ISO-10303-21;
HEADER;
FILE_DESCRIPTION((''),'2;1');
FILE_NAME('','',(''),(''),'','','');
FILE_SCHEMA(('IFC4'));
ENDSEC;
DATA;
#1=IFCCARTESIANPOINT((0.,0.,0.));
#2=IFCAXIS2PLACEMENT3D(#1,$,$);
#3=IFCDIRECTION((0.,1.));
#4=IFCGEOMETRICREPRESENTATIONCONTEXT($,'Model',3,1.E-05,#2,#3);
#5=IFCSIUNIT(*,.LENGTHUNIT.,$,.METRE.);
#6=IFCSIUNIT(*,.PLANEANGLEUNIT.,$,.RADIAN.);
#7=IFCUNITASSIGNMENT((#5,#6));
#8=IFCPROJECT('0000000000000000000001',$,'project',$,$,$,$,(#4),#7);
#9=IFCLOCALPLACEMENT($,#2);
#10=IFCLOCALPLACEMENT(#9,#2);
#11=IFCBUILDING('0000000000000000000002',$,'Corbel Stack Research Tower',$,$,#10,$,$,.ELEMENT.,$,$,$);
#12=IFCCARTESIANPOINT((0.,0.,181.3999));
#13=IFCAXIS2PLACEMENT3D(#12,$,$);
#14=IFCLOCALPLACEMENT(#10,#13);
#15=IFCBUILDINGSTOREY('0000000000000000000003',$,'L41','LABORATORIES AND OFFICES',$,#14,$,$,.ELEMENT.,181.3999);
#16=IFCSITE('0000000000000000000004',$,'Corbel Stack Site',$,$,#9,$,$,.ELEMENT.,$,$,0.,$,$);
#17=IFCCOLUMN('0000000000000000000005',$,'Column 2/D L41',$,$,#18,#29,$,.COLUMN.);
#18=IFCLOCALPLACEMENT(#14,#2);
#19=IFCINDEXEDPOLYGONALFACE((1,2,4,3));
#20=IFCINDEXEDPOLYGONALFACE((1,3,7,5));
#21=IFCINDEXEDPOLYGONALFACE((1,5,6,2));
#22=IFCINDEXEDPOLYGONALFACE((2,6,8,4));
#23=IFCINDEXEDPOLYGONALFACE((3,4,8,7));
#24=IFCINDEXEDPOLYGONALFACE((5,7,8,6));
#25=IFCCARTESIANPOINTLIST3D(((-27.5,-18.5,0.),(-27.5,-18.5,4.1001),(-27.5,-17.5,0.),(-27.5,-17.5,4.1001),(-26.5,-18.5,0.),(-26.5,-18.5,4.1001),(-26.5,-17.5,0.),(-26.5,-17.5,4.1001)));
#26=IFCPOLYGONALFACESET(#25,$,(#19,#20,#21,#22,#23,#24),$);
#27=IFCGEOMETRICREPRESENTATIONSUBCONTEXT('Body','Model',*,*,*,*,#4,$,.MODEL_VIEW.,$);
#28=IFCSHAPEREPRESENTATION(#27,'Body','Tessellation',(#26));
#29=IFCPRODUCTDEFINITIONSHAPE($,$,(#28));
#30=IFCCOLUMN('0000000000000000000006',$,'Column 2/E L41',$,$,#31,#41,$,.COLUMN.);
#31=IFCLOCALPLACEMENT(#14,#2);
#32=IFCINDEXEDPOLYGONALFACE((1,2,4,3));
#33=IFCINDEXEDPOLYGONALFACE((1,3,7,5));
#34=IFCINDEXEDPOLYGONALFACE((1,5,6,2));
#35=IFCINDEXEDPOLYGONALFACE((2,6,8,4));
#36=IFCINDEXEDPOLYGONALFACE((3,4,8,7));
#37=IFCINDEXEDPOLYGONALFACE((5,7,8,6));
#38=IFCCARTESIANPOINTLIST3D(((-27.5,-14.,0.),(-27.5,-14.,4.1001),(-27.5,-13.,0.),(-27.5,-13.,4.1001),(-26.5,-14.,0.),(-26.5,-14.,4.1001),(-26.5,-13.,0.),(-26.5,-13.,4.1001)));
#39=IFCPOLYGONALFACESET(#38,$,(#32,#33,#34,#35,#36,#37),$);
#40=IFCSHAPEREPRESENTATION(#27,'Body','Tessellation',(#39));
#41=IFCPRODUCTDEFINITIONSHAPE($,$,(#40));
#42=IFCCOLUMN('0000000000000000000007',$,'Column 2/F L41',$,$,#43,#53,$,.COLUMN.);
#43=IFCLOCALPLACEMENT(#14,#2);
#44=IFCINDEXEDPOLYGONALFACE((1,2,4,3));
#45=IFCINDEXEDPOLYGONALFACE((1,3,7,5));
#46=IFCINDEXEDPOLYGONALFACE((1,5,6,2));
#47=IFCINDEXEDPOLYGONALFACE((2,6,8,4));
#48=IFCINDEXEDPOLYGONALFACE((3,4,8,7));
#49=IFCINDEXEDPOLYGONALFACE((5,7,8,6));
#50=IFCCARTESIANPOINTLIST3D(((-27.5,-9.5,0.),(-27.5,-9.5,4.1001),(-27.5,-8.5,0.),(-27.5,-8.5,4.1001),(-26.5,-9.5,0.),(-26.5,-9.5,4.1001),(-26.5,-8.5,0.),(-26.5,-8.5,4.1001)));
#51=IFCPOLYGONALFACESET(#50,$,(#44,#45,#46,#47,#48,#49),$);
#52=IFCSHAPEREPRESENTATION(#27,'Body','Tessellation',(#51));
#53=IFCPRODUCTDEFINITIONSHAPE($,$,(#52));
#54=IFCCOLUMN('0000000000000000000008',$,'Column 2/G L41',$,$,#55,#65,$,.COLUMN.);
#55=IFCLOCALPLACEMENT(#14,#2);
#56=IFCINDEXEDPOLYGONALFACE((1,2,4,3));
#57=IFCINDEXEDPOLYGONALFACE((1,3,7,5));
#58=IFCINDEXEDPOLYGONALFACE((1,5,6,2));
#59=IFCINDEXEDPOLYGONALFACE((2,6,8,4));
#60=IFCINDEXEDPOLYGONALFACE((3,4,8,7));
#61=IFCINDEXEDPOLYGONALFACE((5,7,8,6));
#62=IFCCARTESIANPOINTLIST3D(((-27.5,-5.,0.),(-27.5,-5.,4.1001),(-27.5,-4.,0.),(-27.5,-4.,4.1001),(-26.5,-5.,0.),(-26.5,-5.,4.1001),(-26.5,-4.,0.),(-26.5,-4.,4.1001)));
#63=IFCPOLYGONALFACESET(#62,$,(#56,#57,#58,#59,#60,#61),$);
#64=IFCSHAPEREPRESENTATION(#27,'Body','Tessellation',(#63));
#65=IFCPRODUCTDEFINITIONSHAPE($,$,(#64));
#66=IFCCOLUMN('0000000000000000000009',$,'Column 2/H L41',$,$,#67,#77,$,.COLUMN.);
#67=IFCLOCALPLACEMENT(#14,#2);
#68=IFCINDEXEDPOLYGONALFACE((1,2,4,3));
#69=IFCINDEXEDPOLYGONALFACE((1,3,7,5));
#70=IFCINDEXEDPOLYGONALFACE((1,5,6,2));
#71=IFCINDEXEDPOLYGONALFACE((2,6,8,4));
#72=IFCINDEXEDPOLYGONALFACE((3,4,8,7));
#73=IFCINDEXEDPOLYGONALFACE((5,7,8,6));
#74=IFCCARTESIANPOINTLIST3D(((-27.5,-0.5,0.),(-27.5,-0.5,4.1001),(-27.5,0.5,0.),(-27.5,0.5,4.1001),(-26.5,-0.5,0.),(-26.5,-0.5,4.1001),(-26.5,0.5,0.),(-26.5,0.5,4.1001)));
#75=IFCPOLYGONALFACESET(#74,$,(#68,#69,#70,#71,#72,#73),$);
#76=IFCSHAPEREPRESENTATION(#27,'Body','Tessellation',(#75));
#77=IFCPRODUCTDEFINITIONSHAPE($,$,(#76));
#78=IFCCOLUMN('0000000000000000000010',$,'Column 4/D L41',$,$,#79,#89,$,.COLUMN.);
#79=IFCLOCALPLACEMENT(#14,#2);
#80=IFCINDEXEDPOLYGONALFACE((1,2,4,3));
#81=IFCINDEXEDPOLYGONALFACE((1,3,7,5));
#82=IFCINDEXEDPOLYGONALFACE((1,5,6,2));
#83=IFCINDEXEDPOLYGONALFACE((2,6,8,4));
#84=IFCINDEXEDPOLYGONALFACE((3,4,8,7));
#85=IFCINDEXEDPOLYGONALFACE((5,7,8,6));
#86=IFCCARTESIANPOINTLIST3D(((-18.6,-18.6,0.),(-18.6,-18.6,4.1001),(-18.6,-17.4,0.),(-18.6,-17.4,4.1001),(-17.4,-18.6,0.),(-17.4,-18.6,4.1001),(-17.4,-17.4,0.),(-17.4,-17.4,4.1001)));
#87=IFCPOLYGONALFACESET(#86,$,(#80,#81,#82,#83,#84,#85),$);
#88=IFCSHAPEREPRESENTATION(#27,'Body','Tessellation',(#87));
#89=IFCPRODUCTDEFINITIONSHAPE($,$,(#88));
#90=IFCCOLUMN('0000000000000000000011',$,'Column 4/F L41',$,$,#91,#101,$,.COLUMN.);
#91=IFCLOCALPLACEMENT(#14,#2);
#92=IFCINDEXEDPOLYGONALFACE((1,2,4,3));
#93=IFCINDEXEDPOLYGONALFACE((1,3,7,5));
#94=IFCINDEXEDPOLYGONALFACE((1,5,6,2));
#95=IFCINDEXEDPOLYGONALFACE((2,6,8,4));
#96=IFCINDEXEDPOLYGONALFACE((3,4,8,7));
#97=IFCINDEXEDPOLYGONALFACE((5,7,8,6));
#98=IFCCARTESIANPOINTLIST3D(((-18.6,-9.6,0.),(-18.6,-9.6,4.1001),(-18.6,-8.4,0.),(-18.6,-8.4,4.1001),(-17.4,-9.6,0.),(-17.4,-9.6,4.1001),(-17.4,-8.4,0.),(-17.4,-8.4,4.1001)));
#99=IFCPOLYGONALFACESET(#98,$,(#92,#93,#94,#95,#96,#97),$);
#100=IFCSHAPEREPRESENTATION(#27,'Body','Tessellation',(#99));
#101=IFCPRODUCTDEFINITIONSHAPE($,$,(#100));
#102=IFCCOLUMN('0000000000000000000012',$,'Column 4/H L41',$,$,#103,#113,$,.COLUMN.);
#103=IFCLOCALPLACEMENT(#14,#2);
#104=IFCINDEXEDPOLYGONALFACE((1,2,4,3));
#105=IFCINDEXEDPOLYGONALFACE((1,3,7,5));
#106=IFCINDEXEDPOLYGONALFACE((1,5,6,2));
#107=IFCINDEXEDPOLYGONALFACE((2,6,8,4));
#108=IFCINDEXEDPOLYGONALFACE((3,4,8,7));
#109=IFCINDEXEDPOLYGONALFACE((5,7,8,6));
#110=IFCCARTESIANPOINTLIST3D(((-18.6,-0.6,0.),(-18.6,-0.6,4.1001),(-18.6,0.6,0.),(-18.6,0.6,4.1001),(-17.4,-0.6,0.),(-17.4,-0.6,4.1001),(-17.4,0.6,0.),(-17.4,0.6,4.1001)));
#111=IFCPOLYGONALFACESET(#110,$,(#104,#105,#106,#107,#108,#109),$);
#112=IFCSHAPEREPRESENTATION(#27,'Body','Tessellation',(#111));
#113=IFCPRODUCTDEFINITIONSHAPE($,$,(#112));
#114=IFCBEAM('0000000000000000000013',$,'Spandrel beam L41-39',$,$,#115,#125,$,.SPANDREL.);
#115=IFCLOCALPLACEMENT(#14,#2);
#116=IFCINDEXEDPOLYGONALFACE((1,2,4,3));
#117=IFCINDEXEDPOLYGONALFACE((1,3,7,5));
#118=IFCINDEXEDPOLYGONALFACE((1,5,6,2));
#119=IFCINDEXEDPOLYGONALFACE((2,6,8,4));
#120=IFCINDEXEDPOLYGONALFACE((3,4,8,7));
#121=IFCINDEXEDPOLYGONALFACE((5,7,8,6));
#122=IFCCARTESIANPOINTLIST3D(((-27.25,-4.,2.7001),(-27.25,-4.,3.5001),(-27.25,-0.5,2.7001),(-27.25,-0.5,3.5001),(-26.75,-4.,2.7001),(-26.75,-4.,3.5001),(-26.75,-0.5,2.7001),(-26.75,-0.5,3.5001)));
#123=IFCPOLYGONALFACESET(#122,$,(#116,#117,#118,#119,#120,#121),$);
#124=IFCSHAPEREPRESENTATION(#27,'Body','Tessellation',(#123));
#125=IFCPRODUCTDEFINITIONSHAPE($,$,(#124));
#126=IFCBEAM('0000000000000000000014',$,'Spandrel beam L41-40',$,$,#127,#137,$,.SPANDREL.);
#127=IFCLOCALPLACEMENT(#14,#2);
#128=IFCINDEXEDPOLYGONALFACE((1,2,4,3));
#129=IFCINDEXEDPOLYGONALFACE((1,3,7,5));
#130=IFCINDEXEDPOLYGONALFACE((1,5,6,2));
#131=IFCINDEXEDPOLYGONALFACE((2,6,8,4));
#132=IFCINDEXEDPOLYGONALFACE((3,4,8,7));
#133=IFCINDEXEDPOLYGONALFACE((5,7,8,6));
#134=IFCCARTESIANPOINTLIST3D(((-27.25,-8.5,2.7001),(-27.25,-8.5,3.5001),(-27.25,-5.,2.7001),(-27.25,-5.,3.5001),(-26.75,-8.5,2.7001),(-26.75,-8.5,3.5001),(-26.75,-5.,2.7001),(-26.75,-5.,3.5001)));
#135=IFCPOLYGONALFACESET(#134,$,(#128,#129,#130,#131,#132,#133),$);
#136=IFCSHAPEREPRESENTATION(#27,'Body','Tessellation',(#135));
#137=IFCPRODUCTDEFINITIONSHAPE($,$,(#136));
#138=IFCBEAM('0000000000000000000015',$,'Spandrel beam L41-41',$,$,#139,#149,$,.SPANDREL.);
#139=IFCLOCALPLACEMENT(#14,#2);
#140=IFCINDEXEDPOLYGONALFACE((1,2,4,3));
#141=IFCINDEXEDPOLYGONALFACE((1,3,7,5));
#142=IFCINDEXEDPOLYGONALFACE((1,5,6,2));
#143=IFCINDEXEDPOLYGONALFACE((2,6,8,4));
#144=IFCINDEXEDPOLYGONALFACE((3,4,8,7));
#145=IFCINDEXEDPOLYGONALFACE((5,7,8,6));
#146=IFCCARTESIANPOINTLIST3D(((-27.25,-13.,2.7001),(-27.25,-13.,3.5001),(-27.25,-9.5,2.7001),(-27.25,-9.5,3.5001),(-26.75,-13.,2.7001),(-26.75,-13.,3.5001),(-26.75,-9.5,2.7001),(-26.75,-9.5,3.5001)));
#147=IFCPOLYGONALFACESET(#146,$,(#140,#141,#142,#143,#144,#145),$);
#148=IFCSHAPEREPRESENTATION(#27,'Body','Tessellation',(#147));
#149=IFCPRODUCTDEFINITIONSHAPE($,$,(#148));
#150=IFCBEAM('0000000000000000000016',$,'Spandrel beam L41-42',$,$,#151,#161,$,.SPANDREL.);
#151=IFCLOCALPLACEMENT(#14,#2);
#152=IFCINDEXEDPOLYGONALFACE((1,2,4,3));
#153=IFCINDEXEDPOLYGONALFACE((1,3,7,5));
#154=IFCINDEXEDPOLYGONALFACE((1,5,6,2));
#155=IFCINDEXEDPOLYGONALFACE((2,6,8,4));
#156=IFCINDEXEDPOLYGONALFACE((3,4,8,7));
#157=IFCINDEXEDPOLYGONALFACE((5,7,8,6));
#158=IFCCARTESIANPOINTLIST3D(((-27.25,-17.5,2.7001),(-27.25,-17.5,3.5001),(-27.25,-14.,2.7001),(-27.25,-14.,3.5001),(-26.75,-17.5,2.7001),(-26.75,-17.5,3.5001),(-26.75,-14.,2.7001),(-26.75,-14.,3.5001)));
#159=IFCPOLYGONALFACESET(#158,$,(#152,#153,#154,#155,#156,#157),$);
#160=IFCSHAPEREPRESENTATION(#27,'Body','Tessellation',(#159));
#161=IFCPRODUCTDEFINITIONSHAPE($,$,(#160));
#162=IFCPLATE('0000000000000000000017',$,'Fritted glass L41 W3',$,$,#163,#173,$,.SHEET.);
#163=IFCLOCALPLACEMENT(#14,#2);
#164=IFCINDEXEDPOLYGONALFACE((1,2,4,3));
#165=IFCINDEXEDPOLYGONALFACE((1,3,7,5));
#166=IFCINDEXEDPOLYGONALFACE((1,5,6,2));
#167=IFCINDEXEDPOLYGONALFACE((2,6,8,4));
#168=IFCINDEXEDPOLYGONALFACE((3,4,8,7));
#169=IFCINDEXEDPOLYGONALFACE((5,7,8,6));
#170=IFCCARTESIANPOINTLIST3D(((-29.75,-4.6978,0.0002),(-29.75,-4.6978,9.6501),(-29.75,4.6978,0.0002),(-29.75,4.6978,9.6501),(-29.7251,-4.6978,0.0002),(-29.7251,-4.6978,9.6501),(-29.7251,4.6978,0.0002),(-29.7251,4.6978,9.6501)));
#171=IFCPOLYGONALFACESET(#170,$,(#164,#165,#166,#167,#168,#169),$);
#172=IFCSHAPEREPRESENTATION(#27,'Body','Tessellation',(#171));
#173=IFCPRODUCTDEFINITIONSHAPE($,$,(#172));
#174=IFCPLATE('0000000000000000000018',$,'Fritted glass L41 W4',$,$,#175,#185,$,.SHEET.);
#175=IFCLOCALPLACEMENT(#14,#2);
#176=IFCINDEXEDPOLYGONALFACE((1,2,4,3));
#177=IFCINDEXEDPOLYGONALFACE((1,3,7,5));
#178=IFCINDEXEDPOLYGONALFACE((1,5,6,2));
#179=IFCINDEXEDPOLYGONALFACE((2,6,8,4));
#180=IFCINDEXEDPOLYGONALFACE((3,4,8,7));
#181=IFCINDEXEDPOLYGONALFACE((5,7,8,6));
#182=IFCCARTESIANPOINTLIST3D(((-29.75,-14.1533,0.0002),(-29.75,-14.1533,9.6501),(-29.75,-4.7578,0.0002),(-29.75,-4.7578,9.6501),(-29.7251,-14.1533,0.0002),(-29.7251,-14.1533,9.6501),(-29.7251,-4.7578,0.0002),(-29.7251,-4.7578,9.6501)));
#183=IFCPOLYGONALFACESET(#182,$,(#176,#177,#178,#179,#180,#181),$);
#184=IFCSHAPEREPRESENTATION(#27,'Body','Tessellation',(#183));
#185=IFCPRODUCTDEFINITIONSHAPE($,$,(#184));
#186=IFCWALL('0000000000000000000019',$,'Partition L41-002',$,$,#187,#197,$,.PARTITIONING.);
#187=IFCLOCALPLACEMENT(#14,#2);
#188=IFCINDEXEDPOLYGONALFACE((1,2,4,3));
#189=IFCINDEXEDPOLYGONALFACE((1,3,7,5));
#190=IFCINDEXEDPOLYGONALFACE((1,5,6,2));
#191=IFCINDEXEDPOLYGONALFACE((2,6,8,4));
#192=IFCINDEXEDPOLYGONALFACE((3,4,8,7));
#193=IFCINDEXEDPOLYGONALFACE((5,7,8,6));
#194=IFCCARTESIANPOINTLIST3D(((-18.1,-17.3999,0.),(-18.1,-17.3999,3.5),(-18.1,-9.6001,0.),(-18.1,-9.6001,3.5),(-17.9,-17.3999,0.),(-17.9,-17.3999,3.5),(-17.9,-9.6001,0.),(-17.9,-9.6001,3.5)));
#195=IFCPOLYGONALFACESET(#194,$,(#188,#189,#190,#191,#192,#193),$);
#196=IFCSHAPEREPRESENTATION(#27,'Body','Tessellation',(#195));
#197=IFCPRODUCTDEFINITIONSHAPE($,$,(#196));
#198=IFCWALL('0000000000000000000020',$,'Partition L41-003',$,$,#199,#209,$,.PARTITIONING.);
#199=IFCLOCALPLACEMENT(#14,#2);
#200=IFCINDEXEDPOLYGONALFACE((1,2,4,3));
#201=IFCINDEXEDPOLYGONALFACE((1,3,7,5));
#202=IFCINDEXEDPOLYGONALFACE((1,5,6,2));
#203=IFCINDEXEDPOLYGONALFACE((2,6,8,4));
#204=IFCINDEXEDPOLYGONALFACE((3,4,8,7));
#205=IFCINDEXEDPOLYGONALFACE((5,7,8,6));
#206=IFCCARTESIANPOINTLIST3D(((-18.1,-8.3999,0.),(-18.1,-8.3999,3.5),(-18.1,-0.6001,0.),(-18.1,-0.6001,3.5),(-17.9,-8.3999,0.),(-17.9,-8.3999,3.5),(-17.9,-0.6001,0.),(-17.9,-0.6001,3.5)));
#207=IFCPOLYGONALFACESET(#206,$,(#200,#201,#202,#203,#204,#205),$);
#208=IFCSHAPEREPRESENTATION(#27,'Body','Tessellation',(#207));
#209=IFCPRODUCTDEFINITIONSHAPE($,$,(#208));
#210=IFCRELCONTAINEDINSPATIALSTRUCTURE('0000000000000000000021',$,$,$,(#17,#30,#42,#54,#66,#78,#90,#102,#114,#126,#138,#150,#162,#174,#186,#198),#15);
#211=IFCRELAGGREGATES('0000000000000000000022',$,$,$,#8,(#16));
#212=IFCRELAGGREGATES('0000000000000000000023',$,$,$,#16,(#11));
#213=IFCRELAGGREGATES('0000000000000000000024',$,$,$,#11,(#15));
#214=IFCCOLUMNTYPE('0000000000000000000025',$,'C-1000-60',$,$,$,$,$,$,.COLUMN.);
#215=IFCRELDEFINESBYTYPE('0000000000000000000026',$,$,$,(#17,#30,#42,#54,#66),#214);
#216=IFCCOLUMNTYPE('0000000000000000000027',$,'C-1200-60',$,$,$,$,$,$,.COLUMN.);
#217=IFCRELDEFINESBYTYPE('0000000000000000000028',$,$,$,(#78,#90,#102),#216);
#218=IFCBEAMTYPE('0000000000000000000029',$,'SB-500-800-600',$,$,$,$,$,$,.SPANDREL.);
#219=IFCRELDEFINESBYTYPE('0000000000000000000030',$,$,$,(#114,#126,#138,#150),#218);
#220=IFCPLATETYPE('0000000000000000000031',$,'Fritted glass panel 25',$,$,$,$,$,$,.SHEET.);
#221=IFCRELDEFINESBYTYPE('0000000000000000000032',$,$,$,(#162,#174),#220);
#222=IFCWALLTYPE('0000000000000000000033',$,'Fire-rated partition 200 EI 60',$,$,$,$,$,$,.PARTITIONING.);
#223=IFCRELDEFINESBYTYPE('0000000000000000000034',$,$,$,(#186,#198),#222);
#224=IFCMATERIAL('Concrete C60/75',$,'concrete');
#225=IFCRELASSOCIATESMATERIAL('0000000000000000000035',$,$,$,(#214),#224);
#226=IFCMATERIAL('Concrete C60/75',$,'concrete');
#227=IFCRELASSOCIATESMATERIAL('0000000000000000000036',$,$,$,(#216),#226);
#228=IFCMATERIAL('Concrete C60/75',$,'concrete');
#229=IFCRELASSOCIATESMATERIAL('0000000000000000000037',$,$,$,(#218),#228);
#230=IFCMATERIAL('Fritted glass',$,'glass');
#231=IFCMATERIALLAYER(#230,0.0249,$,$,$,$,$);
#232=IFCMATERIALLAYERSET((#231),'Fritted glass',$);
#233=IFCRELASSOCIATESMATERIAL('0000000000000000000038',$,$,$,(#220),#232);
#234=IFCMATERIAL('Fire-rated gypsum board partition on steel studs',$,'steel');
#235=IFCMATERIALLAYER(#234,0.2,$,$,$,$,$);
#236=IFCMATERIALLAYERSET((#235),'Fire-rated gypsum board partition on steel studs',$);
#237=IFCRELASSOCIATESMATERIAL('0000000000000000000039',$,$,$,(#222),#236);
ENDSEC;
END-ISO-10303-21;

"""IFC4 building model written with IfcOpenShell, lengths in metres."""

from ifc_helpers import new_model, si_unit, direction, frame, frame_2d, origin, origin_2d, place, context, subcontext, project, spatial, rectangle, extrude, material, layer, layer_set, material_profile, profile_set, type_object, element, save


model = new_model("IFC4")

# Units and contexts
model_context = context("Model", 3, precision=1e-05, world=origin(), true_north=direction((0.0, 1.0)))
body_context = subcontext(model_context, "Body", "Model", "MODEL_VIEW")
ifc_project = project(units=[si_unit("LENGTHUNIT", "METRE"), si_unit("PLANEANGLEUNIT", "RADIAN")], contexts=[model_context])

# Site, building, storey
site_placement = place(None, origin())
site = spatial("IfcSite", under=ifc_project, at=site_placement, Name="Corbel Stack Site", CompositionType="ELEMENT", RefElevation=0.0)
building_placement = place(site_placement, origin())
building = spatial("IfcBuilding", under=site, at=building_placement, Name="Corbel Stack Research Tower", CompositionType="ELEMENT")
storey_placement = place(building_placement, frame((0.0, 0.0, 181.3999)))
storey = spatial("IfcBuildingStorey", under=building, at=storey_placement, Name="L41", Description="LABORATORIES AND OFFICES", CompositionType="ELEMENT", Elevation=181.3999)

# Columns
ifc_material_1 = material(Name="Concrete C60/75", Category="concrete")
ifc_material_profile_1 = material_profile(ifc_material_1, rectangle(XDim=1.0, YDim=1.0, at=origin_2d()), Name="RC 1000 x 1000")
ifc_profile_set_1 = profile_set([ifc_material_profile_1], Name="Concrete C60/75")
column_type_1 = type_object("IfcColumnType", Name="C-1000-60", PredefinedType="COLUMN", material=ifc_profile_set_1)
for number, where, z_axis, x_axis, name in (
    (1, (-27.0, -18.0, 0.0), (0.0, 0.0, 1.0), (1.0, 0.0, 0.0), "Column 2/D L41"),
    (2, (-27.0, -13.5, 0.0), (0.0, 0.0, 1.0), (1.0, 0.0, 0.0), "Column 2/E L41"),
    (3, (-27.0, -9.0, 0.0), (0.0, 0.0, 1.0), (1.0, 0.0, 0.0), "Column 2/F L41"),
    (4, (-27.0, -4.5, 0.0), (0.0, 0.0, 1.0), (1.0, 0.0, 0.0), "Column 2/G L41"),
    (5, (-27.0, 0.0, 0.0), (0.0, 0.0, 1.0), (1.0, 0.0, 0.0), "Column 2/H L41"),
):
    element("IfcColumn", number, at=place(storey_placement, frame(where, z_axis=z_axis, x_axis=x_axis)), inside=storey, type_object=column_type_1, Name=name, PredefinedType="COLUMN", context=body_context, shape_type="SweptSolid", body=[
        extrude(rectangle(XDim=1.0, YDim=1.0, at=origin_2d()), origin(), (0.0, 0.0, 1.0), 4.1001),
    ])
ifc_material_2 = material(Name="Concrete C60/75", Category="concrete")
ifc_material_profile_2 = material_profile(ifc_material_2, rectangle(XDim=1.2, YDim=1.2, at=origin_2d()), Name="RC 1200 x 1200")
ifc_profile_set_2 = profile_set([ifc_material_profile_2], Name="Concrete C60/75")
column_type_2 = type_object("IfcColumnType", Name="C-1200-60", PredefinedType="COLUMN", material=ifc_profile_set_2)
for number, where, z_axis, x_axis, name in (
    (6, (-18.0, -18.0, 0.0), (0.0, 0.0, 1.0), (1.0, 0.0, 0.0), "Column 4/D L41"),
    (7, (-18.0, -9.0, 0.0), (0.0, 0.0, 1.0), (1.0, 0.0, 0.0), "Column 4/F L41"),
    (8, (-18.0, 0.0, 0.0), (0.0, 0.0, 1.0), (1.0, 0.0, 0.0), "Column 4/H L41"),
):
    element("IfcColumn", number, at=place(storey_placement, frame(where, z_axis=z_axis, x_axis=x_axis)), inside=storey, type_object=column_type_2, Name=name, PredefinedType="COLUMN", context=body_context, shape_type="SweptSolid", body=[
        extrude(rectangle(XDim=1.2, YDim=1.2, at=origin_2d()), origin(), (0.0, 0.0, 1.0), 4.1001),
    ])

# Beams
ifc_material_3 = material(Name="Concrete C60/75", Category="concrete")
ifc_material_profile_3 = material_profile(ifc_material_3, rectangle(XDim=0.5, YDim=0.8, at=origin_2d()), Name="RC 500 x 800")
ifc_profile_set_3 = profile_set([ifc_material_profile_3], Name="Concrete C60/75")
beam_type = type_object("IfcBeamType", Name="SB-500-800-600", PredefinedType="SPANDREL", material=ifc_profile_set_3)
for number, where, z_axis, x_axis, name in (
    (9, (-27.0, -0.5, 3.1001), (0.0, -1.0, 0.0), (1.0, 0.0, 0.0), "Spandrel beam L41-39"),
    (10, (-27.0, -5.0, 3.1001), (0.0, -1.0, 0.0), (1.0, 0.0, 0.0), "Spandrel beam L41-40"),
    (11, (-27.0, -9.5, 3.1001), (0.0, -1.0, 0.0), (1.0, 0.0, 0.0), "Spandrel beam L41-41"),
    (12, (-27.0, -14.0, 3.1001), (0.0, -1.0, 0.0), (1.0, 0.0, 0.0), "Spandrel beam L41-42"),
):
    element("IfcBeam", number, at=place(storey_placement, frame(where, z_axis=z_axis, x_axis=x_axis)), inside=storey, type_object=beam_type, Name=name, PredefinedType="SPANDREL", context=body_context, shape_type="SweptSolid", body=[
        extrude(rectangle(XDim=0.5, YDim=0.8, at=origin_2d()), origin(), (0.0, 0.0, 1.0), 3.5),
    ])

# Plates
ifc_material_4 = material(Name="Fritted glass", Category="glass")
ifc_layer_1 = layer(ifc_material_4, 0.0249)
ifc_layer_set_1 = layer_set([ifc_layer_1], Name="Fritted glass")
plate_type = type_object("IfcPlateType", Name="Fritted glass panel 25", PredefinedType="SHEET", material=ifc_layer_set_1)
for number, where, z_axis, x_axis, name in (
    (13, (-29.7375, 0.0, 0.0002), (0.0, 0.0, 1.0), (0.0, -1.0, 0.0), "Fritted glass L41 W3"),
    (14, (-29.7375, -9.4556, 0.0002), (0.0, 0.0, 1.0), (0.0, -1.0, 0.0), "Fritted glass L41 W4"),
):
    element("IfcPlate", number, at=place(storey_placement, frame(where, z_axis=z_axis, x_axis=x_axis)), inside=storey, type_object=plate_type, Name=name, PredefinedType="SHEET", context=body_context, shape_type="SweptSolid", body=[
        extrude(rectangle(XDim=9.3955, YDim=0.0249, at=origin_2d()), origin(), (0.0, 0.0, 1.0), 9.6499),
    ])

# Walls
ifc_material_5 = material(Name="Fire-rated gypsum board partition on steel studs", Category="steel")
ifc_layer_2 = layer(ifc_material_5, 0.2)
ifc_layer_set_2 = layer_set([ifc_layer_2], Name="Fire-rated gypsum board partition on steel studs")
wall_type_1 = type_object("IfcWallType", Name="Fire-rated partition 200 EI 60", PredefinedType="PARTITIONING", material=ifc_layer_set_2)
for number, where, z_axis, x_axis, name in (
    (15, (-18.0, -17.3999, 0.0), (0.0, 0.0, 1.0), (0.0, 1.0, 0.0), "Partition L41-002"),
    (16, (-18.0, -8.3999, 0.0), (0.0, 0.0, 1.0), (0.0, 1.0, 0.0), "Partition L41-003"),
):
    element("IfcWall", number, at=place(storey_placement, frame(where, z_axis=z_axis, x_axis=x_axis)), inside=storey, type_object=wall_type_1, Name=name, PredefinedType="PARTITIONING", context=body_context, shape_type="SweptSolid", body=[
        extrude(rectangle(XDim=7.7998, YDim=0.2, at=frame_2d((3.8999, 0.0))), origin(), (0.0, 0.0, 1.0), 3.5),
    ])

save(model, "model.ifc")
